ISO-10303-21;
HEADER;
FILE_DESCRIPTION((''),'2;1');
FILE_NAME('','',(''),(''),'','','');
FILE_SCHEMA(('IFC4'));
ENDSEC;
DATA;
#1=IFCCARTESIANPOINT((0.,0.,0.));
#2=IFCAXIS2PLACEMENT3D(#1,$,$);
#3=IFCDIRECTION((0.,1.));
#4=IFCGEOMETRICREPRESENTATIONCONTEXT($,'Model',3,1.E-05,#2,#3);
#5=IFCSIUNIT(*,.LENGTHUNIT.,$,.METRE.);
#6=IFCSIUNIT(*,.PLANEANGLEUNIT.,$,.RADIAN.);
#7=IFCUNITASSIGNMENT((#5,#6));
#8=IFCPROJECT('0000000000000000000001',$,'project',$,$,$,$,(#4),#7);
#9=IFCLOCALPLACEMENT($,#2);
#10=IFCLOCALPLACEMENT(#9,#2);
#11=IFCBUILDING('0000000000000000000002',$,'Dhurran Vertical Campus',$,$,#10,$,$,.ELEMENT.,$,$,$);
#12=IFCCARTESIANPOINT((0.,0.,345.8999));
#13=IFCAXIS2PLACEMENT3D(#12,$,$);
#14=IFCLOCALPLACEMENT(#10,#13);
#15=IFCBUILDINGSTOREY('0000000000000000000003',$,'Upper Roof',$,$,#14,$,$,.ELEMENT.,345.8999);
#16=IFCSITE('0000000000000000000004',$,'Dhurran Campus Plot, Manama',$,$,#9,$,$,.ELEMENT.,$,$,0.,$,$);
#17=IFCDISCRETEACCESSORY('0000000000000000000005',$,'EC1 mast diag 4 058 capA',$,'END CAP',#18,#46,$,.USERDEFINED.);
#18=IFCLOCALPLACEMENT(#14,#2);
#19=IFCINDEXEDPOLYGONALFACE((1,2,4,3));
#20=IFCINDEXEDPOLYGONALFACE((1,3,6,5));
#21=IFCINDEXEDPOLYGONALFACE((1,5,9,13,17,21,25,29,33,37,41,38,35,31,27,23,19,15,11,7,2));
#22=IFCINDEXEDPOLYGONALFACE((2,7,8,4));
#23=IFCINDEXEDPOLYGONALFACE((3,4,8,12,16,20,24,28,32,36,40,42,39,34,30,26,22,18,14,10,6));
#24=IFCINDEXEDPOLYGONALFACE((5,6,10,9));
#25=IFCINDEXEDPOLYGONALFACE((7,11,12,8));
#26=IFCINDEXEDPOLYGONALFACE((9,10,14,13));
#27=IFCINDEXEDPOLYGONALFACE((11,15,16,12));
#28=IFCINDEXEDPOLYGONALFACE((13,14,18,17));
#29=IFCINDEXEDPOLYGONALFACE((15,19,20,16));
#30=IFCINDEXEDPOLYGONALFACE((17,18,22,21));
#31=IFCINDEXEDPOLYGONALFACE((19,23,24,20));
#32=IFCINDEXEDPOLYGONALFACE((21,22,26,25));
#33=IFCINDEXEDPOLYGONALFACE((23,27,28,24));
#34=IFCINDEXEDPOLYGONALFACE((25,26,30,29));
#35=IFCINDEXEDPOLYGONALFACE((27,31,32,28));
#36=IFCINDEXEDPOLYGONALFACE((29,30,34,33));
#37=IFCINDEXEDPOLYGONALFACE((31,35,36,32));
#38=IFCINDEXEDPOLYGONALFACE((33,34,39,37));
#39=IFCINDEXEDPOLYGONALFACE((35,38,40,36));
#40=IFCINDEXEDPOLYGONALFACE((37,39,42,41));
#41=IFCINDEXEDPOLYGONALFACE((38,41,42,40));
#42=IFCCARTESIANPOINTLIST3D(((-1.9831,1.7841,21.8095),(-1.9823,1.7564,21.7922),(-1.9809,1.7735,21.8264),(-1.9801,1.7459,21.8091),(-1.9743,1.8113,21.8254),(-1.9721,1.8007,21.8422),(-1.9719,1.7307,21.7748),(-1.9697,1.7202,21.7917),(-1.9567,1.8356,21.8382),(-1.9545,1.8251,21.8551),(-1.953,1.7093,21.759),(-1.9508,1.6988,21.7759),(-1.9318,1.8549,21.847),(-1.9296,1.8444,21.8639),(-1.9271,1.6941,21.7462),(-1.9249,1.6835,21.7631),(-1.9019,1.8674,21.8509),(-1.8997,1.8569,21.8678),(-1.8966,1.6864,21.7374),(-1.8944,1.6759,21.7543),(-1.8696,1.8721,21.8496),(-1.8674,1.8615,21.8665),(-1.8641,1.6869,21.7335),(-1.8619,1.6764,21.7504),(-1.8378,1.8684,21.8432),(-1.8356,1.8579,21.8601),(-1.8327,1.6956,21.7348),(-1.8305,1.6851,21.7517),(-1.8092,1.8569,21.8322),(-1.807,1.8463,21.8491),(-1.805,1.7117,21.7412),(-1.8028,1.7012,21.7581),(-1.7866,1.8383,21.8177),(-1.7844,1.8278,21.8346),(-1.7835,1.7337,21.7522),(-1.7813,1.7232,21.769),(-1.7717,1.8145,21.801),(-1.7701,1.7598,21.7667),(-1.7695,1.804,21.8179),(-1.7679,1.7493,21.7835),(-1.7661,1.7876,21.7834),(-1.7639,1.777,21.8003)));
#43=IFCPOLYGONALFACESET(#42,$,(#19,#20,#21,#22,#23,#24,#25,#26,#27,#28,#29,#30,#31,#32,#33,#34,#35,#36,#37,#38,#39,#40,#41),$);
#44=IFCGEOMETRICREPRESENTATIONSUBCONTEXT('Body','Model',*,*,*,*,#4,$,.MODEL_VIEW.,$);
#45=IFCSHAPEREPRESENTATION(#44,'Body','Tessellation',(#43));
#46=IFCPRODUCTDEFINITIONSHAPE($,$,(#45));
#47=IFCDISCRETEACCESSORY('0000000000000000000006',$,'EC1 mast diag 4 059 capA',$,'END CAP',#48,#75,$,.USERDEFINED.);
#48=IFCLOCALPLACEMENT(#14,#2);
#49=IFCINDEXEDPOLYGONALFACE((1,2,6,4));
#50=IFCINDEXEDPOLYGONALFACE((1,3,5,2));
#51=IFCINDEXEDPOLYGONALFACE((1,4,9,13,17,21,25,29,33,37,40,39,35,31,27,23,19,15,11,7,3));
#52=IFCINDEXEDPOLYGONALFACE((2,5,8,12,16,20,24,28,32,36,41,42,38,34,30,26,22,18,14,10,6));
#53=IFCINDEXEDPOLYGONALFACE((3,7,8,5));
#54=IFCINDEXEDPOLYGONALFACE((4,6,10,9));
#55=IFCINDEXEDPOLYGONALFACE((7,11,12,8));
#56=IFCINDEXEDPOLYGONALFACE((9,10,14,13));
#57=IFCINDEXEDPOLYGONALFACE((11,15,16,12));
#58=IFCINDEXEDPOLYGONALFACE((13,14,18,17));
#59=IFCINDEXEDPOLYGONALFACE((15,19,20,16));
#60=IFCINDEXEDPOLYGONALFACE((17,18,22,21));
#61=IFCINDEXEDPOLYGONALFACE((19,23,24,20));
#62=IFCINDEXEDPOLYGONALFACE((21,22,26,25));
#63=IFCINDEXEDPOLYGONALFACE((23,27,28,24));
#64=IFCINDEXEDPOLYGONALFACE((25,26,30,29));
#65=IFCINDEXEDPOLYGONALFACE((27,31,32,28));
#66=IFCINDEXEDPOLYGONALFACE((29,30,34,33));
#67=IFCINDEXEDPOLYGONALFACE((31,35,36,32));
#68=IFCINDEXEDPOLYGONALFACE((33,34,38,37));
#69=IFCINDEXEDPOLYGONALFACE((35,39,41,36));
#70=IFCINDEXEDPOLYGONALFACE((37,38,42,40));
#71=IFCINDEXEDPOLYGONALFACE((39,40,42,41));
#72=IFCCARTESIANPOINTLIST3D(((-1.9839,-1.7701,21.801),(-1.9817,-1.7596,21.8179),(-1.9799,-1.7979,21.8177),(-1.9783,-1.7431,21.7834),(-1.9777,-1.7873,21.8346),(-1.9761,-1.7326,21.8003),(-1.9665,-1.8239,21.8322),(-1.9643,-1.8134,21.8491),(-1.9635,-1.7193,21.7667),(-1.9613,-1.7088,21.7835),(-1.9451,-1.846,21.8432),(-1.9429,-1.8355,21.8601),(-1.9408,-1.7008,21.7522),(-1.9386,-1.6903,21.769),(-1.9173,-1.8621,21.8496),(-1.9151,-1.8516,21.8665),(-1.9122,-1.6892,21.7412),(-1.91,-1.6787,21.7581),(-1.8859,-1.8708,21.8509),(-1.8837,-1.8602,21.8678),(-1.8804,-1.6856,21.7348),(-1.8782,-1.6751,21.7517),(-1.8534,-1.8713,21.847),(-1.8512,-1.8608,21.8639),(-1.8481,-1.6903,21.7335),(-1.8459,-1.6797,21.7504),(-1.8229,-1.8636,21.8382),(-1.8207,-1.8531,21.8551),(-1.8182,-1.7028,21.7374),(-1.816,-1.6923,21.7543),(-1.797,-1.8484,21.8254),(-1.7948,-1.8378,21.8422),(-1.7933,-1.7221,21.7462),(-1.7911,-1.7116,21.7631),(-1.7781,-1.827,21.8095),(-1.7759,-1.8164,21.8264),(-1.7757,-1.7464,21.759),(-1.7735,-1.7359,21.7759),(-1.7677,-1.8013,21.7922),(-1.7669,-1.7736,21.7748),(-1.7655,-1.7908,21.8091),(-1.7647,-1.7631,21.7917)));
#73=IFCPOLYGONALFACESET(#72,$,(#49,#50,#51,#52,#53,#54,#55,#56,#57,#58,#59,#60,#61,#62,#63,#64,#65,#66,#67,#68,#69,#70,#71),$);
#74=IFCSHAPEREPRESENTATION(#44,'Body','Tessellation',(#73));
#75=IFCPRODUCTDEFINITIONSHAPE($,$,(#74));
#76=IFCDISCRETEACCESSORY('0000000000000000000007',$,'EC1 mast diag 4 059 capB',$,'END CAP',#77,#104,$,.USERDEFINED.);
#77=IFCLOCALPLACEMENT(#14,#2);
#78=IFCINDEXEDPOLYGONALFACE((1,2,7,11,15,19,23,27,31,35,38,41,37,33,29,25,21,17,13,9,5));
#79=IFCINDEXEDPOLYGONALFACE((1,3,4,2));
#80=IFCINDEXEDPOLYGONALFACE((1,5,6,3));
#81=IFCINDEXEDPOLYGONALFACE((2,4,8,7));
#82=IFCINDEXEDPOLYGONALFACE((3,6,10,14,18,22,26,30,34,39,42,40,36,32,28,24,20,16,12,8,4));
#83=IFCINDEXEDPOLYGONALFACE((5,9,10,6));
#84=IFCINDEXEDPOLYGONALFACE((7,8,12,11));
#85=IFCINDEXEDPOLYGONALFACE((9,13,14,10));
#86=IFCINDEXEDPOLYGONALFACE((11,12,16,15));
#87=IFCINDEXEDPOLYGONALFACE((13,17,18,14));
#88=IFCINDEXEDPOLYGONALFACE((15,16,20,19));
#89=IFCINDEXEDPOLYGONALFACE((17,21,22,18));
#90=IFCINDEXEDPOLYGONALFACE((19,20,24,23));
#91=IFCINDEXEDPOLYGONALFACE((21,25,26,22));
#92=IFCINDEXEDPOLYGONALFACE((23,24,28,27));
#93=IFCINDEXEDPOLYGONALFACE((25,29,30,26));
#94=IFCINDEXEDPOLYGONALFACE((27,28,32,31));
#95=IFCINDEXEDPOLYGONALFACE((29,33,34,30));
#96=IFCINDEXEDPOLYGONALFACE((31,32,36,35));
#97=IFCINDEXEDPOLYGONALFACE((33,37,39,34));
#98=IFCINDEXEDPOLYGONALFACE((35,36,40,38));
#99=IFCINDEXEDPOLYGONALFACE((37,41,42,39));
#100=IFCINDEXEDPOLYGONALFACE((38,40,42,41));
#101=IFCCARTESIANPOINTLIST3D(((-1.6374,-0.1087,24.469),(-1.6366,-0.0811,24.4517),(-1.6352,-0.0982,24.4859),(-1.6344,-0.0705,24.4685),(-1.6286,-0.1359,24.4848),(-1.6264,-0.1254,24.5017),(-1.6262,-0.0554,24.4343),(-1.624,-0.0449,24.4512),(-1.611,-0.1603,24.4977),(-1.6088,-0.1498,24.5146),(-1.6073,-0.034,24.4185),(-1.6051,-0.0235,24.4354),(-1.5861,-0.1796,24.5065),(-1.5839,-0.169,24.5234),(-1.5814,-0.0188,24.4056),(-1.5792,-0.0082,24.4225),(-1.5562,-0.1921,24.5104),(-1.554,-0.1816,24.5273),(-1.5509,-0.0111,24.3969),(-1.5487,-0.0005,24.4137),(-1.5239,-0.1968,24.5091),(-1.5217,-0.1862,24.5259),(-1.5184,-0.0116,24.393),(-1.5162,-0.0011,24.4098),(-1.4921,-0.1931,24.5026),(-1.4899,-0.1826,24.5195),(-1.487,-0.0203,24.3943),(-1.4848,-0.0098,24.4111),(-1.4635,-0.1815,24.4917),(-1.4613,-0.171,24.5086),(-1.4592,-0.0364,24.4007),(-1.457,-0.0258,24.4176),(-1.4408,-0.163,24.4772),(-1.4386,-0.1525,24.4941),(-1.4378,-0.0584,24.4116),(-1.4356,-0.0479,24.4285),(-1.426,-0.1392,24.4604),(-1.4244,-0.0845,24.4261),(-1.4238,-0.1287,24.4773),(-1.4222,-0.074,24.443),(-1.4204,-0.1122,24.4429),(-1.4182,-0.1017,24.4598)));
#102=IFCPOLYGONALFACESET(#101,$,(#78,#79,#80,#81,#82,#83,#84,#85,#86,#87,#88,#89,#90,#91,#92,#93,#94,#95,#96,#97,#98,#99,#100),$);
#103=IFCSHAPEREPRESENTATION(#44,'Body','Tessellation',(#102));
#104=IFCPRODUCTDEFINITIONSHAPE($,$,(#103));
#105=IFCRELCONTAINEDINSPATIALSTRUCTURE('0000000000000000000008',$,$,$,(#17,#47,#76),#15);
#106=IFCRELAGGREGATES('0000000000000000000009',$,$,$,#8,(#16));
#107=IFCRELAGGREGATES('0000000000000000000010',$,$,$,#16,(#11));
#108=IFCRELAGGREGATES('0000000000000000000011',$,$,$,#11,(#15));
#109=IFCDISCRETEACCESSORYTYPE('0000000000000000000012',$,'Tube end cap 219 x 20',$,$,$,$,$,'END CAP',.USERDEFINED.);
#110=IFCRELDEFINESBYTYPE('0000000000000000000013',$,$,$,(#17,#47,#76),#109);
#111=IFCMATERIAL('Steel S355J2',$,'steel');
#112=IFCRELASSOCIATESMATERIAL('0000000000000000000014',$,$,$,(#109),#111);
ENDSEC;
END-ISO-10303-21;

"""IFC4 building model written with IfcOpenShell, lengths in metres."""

from ifc_helpers import new_model, si_unit, direction, frame, origin, origin_2d, place, context, subcontext, project, spatial, circle, extrude, material, material_profile, profile_set, type_object, element, save


model = new_model("IFC4")

# Units and contexts
model_context = context("Model", 3, precision=1e-05, world=origin(), true_north=direction((0.0, 1.0)))
body_context = subcontext(model_context, "Body", "Model", "MODEL_VIEW")
ifc_project = project(units=[si_unit("LENGTHUNIT", "METRE"), si_unit("PLANEANGLEUNIT", "RADIAN")], contexts=[model_context])

# Site, building, storey
site_placement = place(None, origin())
site = spatial("IfcSite", under=ifc_project, at=site_placement, Name="Dhurran Campus Plot, Manama", CompositionType="ELEMENT", RefElevation=0.0)
building_placement = place(site_placement, origin())
building = spatial("IfcBuilding", under=site, at=building_placement, Name="Dhurran Vertical Campus", CompositionType="ELEMENT")
storey_placement = place(building_placement, frame((0.0, 0.0, 345.8999)))
storey = spatial("IfcBuildingStorey", under=building, at=storey_placement, Name="Upper Roof", CompositionType="ELEMENT", Elevation=345.8999)

# Discrete accessories
ifc_material_1 = material(Name="Steel S355J2", Category="steel")
ifc_material_profile_1 = material_profile(ifc_material_1, circle(Radius=0.1096, at=origin_2d()), Name="Tube end cap 219 x 20")
ifc_profile_set_1 = profile_set([ifc_material_profile_1], Name="Steel S355J2")
discrete_accessory_type = type_object("IfcDiscreteAccessoryType", Name="Tube end cap 219 x 20", ElementType="END CAP", PredefinedType="USERDEFINED", material=ifc_profile_set_1)
for number, where, z_axis, x_axis, name in (
    (1, (-1.8728, 1.7683, 21.8091), (-0.110026, 0.525682, -0.843536), (-0.978791, -0.204863, 0.0), "EC1 mast diag 4 058 capA"),
    (2, (-1.8728, -1.7683, 21.8091), (-0.110026, -0.525682, -0.843536), (0.978791, -0.204863, 0.0), "EC1 mast diag 4 059 capA"),
    (3, (-1.5293, -0.1035, 24.4517), (0.110026, 0.525682, 0.843536), (-0.978791, 0.204863, 0.0), "EC1 mast diag 4 059 capB"),
):
    element("IfcDiscreteAccessory", number, at=place(storey_placement, frame(where, z_axis=z_axis, x_axis=x_axis)), inside=storey, type_object=discrete_accessory_type, Name=name, ObjectType="END CAP", PredefinedType="USERDEFINED", context=body_context, shape_type="SweptSolid", body=[
        extrude(circle(Radius=0.1096, at=origin_2d()), origin(), (0.0, 0.0, 1.0), 0.02),
    ])

save(model, "model.ifc")
